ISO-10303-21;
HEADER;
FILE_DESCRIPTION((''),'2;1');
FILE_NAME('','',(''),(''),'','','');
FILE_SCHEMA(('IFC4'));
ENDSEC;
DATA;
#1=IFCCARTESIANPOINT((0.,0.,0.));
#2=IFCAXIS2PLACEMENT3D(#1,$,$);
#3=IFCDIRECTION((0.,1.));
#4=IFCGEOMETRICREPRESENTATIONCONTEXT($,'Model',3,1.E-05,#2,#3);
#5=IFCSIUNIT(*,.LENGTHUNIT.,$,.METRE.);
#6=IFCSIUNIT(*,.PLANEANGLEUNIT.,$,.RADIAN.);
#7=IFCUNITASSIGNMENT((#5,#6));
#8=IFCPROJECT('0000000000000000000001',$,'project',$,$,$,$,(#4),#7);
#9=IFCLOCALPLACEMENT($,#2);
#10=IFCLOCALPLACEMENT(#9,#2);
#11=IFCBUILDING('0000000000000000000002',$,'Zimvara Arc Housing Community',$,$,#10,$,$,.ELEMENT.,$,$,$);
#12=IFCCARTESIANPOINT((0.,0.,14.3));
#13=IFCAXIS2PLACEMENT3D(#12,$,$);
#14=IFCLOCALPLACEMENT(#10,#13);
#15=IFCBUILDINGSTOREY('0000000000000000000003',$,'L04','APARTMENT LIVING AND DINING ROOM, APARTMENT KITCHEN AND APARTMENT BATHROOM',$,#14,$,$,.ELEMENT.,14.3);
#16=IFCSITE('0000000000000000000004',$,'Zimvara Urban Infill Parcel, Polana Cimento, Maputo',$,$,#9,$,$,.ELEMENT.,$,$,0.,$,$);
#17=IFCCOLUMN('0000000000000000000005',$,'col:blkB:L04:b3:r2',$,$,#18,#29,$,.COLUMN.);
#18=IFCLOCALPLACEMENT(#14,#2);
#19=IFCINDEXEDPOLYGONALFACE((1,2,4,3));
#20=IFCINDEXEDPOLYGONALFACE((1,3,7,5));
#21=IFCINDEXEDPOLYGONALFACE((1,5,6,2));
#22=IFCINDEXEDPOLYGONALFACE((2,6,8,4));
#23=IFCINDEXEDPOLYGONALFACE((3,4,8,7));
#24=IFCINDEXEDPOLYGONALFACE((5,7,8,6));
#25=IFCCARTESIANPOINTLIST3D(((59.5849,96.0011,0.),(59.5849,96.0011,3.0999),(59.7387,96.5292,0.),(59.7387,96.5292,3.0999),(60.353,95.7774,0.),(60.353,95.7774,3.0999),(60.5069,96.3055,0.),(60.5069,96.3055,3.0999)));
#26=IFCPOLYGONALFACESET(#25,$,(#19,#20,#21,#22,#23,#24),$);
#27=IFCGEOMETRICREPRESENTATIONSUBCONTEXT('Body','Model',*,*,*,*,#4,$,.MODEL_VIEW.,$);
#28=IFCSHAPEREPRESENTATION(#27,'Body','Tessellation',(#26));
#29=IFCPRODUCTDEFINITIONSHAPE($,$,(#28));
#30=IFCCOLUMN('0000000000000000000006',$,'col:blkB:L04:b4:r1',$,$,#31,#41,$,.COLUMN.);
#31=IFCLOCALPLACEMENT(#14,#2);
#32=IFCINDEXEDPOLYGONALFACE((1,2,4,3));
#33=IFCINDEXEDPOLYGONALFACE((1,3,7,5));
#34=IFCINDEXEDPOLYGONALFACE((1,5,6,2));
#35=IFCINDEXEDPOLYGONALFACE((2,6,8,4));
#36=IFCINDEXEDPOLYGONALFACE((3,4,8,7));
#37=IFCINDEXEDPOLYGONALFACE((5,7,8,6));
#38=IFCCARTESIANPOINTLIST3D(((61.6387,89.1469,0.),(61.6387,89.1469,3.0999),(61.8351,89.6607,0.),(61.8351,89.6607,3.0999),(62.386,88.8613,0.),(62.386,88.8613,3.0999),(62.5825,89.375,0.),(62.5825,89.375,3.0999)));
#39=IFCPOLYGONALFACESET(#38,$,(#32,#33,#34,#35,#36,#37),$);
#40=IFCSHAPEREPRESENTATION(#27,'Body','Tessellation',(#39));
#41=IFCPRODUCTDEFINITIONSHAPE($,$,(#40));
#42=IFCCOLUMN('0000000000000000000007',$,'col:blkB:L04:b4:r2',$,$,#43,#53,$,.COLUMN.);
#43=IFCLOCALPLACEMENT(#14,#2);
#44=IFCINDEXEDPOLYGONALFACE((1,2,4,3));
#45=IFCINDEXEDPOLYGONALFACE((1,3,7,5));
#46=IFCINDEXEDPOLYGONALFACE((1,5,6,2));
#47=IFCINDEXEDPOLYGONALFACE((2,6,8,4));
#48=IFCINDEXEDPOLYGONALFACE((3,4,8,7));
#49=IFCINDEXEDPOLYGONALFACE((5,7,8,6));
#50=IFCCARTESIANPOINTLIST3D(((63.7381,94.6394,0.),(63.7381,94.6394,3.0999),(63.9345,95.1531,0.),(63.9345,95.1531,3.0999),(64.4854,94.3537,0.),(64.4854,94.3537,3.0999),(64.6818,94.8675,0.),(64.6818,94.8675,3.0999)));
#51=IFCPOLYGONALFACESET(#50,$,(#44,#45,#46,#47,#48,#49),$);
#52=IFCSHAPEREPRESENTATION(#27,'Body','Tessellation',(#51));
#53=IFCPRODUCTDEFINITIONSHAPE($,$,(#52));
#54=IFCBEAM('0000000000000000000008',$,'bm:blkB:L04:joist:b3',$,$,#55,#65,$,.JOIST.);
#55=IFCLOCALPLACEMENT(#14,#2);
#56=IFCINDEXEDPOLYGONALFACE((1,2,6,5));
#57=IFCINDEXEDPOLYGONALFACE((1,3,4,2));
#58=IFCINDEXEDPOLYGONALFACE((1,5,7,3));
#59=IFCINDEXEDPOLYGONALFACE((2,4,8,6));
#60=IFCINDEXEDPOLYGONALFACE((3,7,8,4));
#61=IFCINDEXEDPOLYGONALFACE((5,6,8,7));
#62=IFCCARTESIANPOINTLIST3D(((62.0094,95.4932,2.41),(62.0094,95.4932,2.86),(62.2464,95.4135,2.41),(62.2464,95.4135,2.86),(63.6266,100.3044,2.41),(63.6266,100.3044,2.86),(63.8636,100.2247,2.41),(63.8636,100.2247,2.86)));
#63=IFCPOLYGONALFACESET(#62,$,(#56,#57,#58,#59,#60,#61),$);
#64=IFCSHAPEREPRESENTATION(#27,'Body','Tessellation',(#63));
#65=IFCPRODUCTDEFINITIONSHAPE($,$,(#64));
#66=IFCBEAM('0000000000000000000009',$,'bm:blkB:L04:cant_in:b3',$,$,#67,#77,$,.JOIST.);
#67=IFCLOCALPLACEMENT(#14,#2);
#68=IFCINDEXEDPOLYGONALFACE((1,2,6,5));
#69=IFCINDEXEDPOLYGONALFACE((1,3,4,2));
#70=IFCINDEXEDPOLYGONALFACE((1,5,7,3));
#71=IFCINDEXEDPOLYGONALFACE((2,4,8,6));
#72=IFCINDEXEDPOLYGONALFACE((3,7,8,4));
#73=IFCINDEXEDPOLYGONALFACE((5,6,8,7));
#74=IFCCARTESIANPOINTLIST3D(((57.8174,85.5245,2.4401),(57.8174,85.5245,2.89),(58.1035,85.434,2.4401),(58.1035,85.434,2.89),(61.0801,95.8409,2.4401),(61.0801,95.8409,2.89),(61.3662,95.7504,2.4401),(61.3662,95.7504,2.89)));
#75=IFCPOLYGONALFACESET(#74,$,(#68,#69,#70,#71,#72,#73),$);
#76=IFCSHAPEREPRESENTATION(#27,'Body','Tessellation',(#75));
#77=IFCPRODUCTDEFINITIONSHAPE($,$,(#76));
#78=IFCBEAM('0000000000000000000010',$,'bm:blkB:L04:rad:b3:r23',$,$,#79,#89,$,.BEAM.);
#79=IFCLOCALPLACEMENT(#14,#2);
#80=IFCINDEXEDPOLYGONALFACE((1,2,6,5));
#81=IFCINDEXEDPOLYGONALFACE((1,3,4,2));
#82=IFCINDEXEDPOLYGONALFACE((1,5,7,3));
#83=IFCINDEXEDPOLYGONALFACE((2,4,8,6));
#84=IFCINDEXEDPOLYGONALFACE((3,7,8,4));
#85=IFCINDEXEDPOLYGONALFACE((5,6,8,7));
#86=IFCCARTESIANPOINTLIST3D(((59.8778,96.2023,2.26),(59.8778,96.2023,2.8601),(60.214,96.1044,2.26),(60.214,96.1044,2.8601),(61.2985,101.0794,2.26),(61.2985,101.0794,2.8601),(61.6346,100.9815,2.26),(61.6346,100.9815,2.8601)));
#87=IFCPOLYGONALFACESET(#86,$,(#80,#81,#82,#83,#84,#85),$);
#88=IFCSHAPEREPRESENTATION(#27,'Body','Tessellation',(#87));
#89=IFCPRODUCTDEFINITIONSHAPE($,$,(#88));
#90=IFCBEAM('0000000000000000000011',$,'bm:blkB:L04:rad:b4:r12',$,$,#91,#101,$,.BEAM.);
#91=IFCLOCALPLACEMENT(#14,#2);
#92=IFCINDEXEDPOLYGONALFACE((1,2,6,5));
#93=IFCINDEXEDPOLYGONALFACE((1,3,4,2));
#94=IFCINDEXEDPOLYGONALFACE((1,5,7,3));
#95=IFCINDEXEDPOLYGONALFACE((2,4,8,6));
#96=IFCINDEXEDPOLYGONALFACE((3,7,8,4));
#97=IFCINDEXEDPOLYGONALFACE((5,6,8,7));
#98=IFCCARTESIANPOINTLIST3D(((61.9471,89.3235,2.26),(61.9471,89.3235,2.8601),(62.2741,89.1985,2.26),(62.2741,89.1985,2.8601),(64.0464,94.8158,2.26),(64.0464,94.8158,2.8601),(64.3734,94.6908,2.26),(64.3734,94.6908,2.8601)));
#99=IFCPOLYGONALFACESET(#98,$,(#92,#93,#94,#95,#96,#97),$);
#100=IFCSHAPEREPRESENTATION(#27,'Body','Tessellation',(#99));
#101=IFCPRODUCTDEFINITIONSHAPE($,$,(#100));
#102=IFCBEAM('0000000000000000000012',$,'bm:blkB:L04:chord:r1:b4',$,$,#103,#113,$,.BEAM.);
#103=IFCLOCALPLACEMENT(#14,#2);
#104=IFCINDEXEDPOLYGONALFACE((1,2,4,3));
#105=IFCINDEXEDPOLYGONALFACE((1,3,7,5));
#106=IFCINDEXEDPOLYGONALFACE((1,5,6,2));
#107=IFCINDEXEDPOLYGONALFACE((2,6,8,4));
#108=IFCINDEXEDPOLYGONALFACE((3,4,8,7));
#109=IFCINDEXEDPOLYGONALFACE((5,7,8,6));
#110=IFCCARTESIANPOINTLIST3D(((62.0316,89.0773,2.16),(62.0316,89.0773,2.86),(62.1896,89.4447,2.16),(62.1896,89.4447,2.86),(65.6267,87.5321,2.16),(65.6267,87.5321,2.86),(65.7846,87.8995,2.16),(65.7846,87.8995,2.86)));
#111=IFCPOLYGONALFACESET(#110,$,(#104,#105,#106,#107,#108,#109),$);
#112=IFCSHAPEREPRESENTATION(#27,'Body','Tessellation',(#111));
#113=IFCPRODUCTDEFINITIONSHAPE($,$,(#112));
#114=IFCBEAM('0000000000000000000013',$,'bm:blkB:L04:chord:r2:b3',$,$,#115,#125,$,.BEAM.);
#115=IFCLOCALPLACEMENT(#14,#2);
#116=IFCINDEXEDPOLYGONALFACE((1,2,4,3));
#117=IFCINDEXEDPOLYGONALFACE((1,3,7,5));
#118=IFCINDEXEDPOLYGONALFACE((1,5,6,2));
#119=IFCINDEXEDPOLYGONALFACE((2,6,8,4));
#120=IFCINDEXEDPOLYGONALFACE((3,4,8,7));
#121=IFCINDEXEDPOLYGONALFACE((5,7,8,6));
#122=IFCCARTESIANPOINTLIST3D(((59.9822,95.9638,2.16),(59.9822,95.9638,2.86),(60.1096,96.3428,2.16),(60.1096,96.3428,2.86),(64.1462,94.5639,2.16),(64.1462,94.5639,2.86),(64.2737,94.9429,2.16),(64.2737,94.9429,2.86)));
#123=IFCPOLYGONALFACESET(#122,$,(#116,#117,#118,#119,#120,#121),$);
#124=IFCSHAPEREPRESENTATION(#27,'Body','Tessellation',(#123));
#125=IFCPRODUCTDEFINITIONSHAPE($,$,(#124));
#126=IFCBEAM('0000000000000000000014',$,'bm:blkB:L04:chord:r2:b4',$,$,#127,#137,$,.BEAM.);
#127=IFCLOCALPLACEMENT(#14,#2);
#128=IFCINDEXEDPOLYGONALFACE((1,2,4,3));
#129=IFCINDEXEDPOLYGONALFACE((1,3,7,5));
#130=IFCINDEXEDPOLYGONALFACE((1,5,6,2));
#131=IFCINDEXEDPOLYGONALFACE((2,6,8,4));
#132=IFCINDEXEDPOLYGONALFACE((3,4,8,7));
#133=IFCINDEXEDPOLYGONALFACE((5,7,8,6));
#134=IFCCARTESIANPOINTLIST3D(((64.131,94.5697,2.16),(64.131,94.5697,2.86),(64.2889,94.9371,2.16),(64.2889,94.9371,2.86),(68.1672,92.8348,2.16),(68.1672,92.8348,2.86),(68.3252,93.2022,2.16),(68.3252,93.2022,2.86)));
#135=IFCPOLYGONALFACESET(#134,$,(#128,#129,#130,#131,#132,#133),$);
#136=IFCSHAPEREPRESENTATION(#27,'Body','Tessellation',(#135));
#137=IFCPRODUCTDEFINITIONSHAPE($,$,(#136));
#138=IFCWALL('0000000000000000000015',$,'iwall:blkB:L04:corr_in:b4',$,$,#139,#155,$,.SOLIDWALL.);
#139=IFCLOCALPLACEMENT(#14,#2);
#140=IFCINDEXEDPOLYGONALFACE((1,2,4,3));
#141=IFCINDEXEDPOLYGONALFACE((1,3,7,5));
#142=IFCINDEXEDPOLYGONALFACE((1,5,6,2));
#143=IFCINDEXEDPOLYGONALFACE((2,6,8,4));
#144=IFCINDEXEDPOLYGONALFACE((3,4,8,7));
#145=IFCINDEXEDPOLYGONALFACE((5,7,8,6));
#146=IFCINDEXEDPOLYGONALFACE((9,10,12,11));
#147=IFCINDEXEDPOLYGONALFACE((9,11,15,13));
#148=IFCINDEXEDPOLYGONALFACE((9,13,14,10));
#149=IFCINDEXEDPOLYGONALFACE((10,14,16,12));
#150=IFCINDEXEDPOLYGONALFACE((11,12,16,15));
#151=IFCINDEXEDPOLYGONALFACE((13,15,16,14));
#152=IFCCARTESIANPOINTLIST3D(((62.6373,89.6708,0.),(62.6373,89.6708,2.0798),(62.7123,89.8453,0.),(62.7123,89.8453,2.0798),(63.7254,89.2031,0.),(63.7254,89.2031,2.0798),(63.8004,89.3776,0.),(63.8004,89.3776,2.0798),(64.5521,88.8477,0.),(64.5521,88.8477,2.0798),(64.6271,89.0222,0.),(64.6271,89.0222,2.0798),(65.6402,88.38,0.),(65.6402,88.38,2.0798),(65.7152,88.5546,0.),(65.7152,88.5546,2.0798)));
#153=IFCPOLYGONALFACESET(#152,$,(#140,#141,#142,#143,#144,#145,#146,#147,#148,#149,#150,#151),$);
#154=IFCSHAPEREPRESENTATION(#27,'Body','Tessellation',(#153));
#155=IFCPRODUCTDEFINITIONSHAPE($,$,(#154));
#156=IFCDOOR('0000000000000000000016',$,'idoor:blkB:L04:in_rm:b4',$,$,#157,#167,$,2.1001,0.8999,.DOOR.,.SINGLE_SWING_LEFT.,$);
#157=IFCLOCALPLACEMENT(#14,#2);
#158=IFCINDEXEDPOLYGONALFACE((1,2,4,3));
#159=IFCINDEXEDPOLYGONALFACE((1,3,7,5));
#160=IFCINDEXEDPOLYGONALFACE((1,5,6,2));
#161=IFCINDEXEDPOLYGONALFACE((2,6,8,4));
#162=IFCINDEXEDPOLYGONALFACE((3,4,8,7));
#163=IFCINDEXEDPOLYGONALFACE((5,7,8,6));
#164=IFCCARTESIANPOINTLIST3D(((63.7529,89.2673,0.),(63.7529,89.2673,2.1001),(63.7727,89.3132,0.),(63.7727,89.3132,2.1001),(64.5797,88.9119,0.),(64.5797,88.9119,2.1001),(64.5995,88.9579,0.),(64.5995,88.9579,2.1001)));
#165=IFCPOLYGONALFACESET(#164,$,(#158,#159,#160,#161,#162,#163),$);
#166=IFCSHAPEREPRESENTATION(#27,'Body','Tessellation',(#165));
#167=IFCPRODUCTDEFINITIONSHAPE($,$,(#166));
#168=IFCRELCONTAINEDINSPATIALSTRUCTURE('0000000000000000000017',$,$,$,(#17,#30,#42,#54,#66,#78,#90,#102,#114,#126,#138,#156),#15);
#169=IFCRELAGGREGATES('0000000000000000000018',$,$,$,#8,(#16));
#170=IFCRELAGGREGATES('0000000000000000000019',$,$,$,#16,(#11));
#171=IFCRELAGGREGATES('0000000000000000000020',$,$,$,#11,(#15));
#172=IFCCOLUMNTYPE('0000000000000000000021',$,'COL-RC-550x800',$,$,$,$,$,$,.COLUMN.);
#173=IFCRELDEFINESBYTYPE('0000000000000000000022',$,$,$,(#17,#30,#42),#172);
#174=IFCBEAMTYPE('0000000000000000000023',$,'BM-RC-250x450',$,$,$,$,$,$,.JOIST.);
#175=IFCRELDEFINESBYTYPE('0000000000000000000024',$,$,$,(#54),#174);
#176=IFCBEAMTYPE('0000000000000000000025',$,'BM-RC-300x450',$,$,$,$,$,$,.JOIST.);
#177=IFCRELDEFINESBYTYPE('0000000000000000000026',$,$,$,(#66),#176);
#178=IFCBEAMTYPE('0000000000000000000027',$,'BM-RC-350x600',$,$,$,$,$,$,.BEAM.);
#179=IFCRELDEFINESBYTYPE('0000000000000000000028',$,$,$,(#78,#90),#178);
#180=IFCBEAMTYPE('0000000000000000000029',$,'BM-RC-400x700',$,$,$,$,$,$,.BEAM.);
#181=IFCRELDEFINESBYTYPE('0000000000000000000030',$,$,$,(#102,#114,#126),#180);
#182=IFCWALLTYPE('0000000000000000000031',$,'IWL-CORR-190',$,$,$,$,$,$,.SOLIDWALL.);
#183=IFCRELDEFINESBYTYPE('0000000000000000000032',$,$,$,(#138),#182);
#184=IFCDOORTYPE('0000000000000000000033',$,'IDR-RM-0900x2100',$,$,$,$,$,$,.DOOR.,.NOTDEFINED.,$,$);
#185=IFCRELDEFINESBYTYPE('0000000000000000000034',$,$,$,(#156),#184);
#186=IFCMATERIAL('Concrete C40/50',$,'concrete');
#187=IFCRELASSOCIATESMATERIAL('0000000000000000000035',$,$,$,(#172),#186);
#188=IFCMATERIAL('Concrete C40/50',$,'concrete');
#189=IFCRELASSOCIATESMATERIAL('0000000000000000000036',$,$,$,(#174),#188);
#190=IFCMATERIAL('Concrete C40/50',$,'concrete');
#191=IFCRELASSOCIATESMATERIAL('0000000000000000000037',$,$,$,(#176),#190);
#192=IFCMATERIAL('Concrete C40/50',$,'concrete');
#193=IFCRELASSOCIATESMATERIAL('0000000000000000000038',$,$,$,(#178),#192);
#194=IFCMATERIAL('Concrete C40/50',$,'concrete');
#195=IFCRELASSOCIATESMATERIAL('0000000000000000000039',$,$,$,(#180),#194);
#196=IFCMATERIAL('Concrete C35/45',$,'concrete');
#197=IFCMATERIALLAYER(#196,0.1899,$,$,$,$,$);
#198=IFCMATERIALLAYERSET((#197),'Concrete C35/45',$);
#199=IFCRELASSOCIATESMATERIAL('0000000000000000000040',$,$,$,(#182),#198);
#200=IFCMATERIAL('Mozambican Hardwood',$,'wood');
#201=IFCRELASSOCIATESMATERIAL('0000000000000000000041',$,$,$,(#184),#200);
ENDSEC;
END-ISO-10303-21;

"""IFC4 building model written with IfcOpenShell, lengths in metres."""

from ifc_helpers import new_model, si_unit, direction, frame, frame_2d, origin, origin_2d, place, context, subcontext, project, spatial, rectangle, extrude, material, layer, layer_set, material_profile, profile_set, type_object, element, fill, save


model = new_model("IFC4")

# Units and contexts
model_context = context("Model", 3, precision=1e-05, world=origin(), true_north=direction((0.0, 1.0)))
body_context = subcontext(model_context, "Body", "Model", "MODEL_VIEW")
ifc_project = project(units=[si_unit("LENGTHUNIT", "METRE"), si_unit("PLANEANGLEUNIT", "RADIAN")], contexts=[model_context])

# Site, building, storey
site_placement = place(None, origin())
site = spatial("IfcSite", under=ifc_project, at=site_placement, Name="Zimvara Urban Infill Parcel, Polana Cimento, Maputo", CompositionType="ELEMENT", RefElevation=0.0)
building_placement = place(site_placement, origin())
building = spatial("IfcBuilding", under=site, at=building_placement, Name="Zimvara Arc Housing Community", CompositionType="ELEMENT")
storey_placement = place(building_placement, frame((0.0, 0.0, 14.3)))
storey = spatial("IfcBuildingStorey", under=building, at=storey_placement, Name="L04", Description="APARTMENT LIVING AND DINING ROOM, APARTMENT KITCHEN AND APARTMENT BATHROOM", CompositionType="ELEMENT", Elevation=14.3)

# Columns
ifc_material_1 = material(Name="Concrete C40/50", Category="concrete")
ifc_material_profile_1 = material_profile(ifc_material_1, rectangle(XDim=0.55, YDim=0.8, at=origin_2d()), Name="RC 550x800")
ifc_profile_set_1 = profile_set([ifc_material_profile_1], Name="Concrete C40/50")
column_type = type_object("IfcColumnType", Name="COL-RC-550x800", PredefinedType="COLUMN", material=ifc_profile_set_1)
for number, where, z_axis, x_axis, name in (
    (1, (60.0459, 96.1533, 0.0), (0.0, 0.0, 1.0), (0.279661, 0.960099, 0.0), "col:blkB:L04:b3:r2"),
    (2, (62.1106, 89.261, 0.0), (0.0, 0.0, 1.0), (0.357064, 0.93408, 0.0), "col:blkB:L04:b4:r1"),
    (3, (64.21, 94.7534, 0.0), (0.0, 0.0, 1.0), (0.357064, 0.93408, 0.0), "col:blkB:L04:b4:r2"),
):
    element("IfcColumn", number, at=place(storey_placement, frame(where, z_axis=z_axis, x_axis=x_axis)), inside=storey, type_object=column_type, Name=name, PredefinedType="COLUMN", context=body_context, shape_type="SweptSolid", body=[
        extrude(rectangle(XDim=0.55, YDim=0.8, at=origin_2d()), origin(), (0.0, 0.0, 1.0), 3.0999),
    ])

# Beams
ifc_material_2 = material(Name="Concrete C40/50", Category="concrete")
ifc_material_profile_2 = material_profile(ifc_material_2, rectangle(XDim=0.25, YDim=0.45, at=origin_2d()), Name="RC 250x450")
ifc_profile_set_2 = profile_set([ifc_material_profile_2], Name="Concrete C40/50")
beam_type_1 = type_object("IfcBeamType", Name="BM-RC-250x450", PredefinedType="JOIST", material=ifc_profile_set_2)
beam_1_placement = place(storey_placement, frame((62.1279, 95.4534, 2.635), z_axis=(0.318608, 0.947887, 0.0), x_axis=(-0.947887, 0.318608, 0.0)))
element("IfcBeam", 4, at=beam_1_placement, inside=storey, type_object=beam_type_1, Name="bm:blkB:L04:joist:b3", PredefinedType="JOIST", context=body_context, shape_type="SweptSolid", body=[
    extrude(rectangle(XDim=0.25, YDim=0.45, at=origin_2d()), origin(), (0.0, 0.0, 1.0), 5.0757),
])
ifc_material_3 = material(Name="Concrete C40/50", Category="concrete")
ifc_material_profile_3 = material_profile(ifc_material_3, rectangle(XDim=0.3, YDim=0.45, at=origin_2d()), Name="RC 300x450")
ifc_profile_set_3 = profile_set([ifc_material_profile_3], Name="Concrete C40/50")
beam_type_2 = type_object("IfcBeamType", Name="BM-RC-300x450", PredefinedType="JOIST", material=ifc_profile_set_3)
beam_2_placement = place(storey_placement, frame((61.2231, 95.7957, 2.665), z_axis=(-0.301542, -0.953453, 0.0), x_axis=(0.953453, -0.301542, 0.0)))
element("IfcBeam", 5, at=beam_2_placement, inside=storey, type_object=beam_type_2, Name="bm:blkB:L04:cant_in:b3", PredefinedType="JOIST", context=body_context, shape_type="SweptSolid", body=[
    extrude(rectangle(XDim=0.3, YDim=0.45, at=origin_2d()), origin(), (0.0, 0.0, 1.0), 10.8201),
])
ifc_material_4 = material(Name="Concrete C40/50", Category="concrete")
ifc_material_profile_4 = material_profile(ifc_material_4, rectangle(XDim=0.3501, YDim=0.6001, at=origin_2d()), Name="RC 350x600")
ifc_profile_set_4 = profile_set([ifc_material_profile_4], Name="Concrete C40/50")
beam_type_3 = type_object("IfcBeamType", Name="BM-RC-350x600", PredefinedType="BEAM", material=ifc_profile_set_4)
beam_3_placement = place(storey_placement, frame((60.0459, 96.1533, 2.5601), z_axis=(0.279662, 0.960098, 0.0), x_axis=(-0.960098, 0.279662, 0.0)))
element("IfcBeam", 6, at=beam_3_placement, inside=storey, type_object=beam_type_3, Name="bm:blkB:L04:rad:b3:r23", PredefinedType="BEAM", context=body_context, shape_type="SweptSolid", body=[
    extrude(rectangle(XDim=0.3501, YDim=0.6001, at=origin_2d()), origin(), (0.0, 0.0, 1.0), 5.0798),
])
beam_4_placement = place(storey_placement, frame((62.1106, 89.261, 2.5601), z_axis=(0.357036, 0.934091, 0.0), x_axis=(-0.934091, 0.357036, 0.0)))
element("IfcBeam", 7, at=beam_4_placement, inside=storey, type_object=beam_type_3, Name="bm:blkB:L04:rad:b4:r12", PredefinedType="BEAM", context=body_context, shape_type="SweptSolid", body=[
    extrude(rectangle(XDim=0.3501, YDim=0.6001, at=origin_2d()), origin(), (0.0, 0.0, 1.0), 5.8799),
])
ifc_material_5 = material(Name="Concrete C40/50", Category="concrete")
ifc_material_profile_5 = material_profile(ifc_material_5, rectangle(XDim=0.3999, YDim=0.7, at=origin_2d()), Name="RC 400x700")
ifc_profile_set_5 = profile_set([ifc_material_profile_5], Name="Concrete C40/50")
beam_type_4 = type_object("IfcBeamType", Name="BM-RC-400x700", PredefinedType="BEAM", material=ifc_profile_set_5)
beam_5_placement = place(storey_placement, frame((62.1106, 89.261, 2.51), z_axis=(0.918731, -0.394883, 0.0), x_axis=(0.394883, 0.918731, 0.0)))
element("IfcBeam", 8, at=beam_5_placement, inside=storey, type_object=beam_type_4, Name="bm:blkB:L04:chord:r1:b4", PredefinedType="BEAM", context=body_context, shape_type="SweptSolid", body=[
    extrude(rectangle(XDim=0.3999, YDim=0.7, at=origin_2d()), origin(), (0.0, 0.0, 1.0), 3.9131),
])
beam_6_placement = place(storey_placement, frame((60.0459, 96.1533, 2.51), z_axis=(0.947869, -0.318661, 0.0), x_axis=(0.318661, 0.947869, 0.0)))
element("IfcBeam", 9, at=beam_6_placement, inside=storey, type_object=beam_type_4, Name="bm:blkB:L04:chord:r2:b3", PredefinedType="BEAM", context=body_context, shape_type="SweptSolid", body=[
    extrude(rectangle(XDim=0.3999, YDim=0.7, at=origin_2d()), origin(), (0.0, 0.0, 1.0), 4.3931),
])
beam_7_placement = place(storey_placement, frame((64.21, 94.7534, 2.51), z_axis=(0.918725, -0.394898, 0.0), x_axis=(0.394898, 0.918725, 0.0)))
element("IfcBeam", 10, at=beam_7_placement, inside=storey, type_object=beam_type_4, Name="bm:blkB:L04:chord:r2:b4", PredefinedType="BEAM", context=body_context, shape_type="SweptSolid", body=[
    extrude(rectangle(XDim=0.3999, YDim=0.7, at=origin_2d()), origin(), (0.0, 0.0, 1.0), 4.3933),
])

# Wall, opening, door
ifc_material_6 = material(Name="Concrete C35/45", Category="concrete")
ifc_layer_1 = layer(ifc_material_6, 0.1899)
ifc_layer_set_1 = layer_set([ifc_layer_1], Name="Concrete C35/45")
wall_type_1 = type_object("IfcWallType", Name="IWL-CORR-190", PredefinedType="SOLIDWALL", material=ifc_layer_set_1)
wall_1_placement = place(storey_placement, frame((62.6748, 89.7581, 0.0), z_axis=(0.0, 0.0, 1.0), x_axis=(0.918723, -0.394902, 0.0)))
wall_1 = element("IfcWall", 11, at=wall_1_placement, inside=storey, type_object=wall_type_1, Name="iwall:blkB:L04:corr_in:b4", PredefinedType="SOLIDWALL", context=body_context, shape_type="SweptSolid", body=[
    extrude(rectangle(XDim=3.2686, YDim=0.1899, at=frame_2d((1.6343, 0.0))), origin(), (0.0, 0.0, 1.0), 2.0798),
])
opening_1_placement = place(wall_1_placement, frame((1.1843, 0.0, 0.0)))
opening_1 = element("IfcOpeningElement", 12, at=opening_1_placement, cuts=wall_1, PredefinedType="OPENING", context=body_context, shape_type="SweptSolid", body=[
    extrude(rectangle(XDim=0.8999, YDim=2.1001, at=frame_2d((0.45, 1.05))), frame((0.0, 0.105, 0.0), z_axis=(0.0, -1.0, 0.0), x_axis=(1.0, 0.0, 0.0)), (0.0, 0.0, 1.0), 0.21),
])
ifc_material_7 = material(Name="Mozambican Hardwood", Category="wood")
door_type_1 = type_object("IfcDoorType", Name="IDR-RM-0900x2100", OperationType="NOTDEFINED", PredefinedType="DOOR", material=ifc_material_7)
door_1_placement = place(opening_1_placement, origin())
door_1 = element("IfcDoor", 13, at=door_1_placement, inside=storey, type_object=door_type_1, Name="idoor:blkB:L04:in_rm:b4", OperationType="SINGLE_SWING_LEFT", OverallHeight=2.1001, OverallWidth=0.8999, PredefinedType="DOOR", context=body_context, shape_type="SweptSolid", body=[
    extrude(rectangle(XDim=0.8999, YDim=2.1001, at=frame_2d((0.45, 1.05))), frame((0.0, 0.0249, 0.0), z_axis=(0.0, -1.0, 0.0), x_axis=(1.0, 0.0, 0.0)), (0.0, 0.0, 1.0), 0.05),
])
fill(opening_1, door_1)

save(model, "model.ifc")
